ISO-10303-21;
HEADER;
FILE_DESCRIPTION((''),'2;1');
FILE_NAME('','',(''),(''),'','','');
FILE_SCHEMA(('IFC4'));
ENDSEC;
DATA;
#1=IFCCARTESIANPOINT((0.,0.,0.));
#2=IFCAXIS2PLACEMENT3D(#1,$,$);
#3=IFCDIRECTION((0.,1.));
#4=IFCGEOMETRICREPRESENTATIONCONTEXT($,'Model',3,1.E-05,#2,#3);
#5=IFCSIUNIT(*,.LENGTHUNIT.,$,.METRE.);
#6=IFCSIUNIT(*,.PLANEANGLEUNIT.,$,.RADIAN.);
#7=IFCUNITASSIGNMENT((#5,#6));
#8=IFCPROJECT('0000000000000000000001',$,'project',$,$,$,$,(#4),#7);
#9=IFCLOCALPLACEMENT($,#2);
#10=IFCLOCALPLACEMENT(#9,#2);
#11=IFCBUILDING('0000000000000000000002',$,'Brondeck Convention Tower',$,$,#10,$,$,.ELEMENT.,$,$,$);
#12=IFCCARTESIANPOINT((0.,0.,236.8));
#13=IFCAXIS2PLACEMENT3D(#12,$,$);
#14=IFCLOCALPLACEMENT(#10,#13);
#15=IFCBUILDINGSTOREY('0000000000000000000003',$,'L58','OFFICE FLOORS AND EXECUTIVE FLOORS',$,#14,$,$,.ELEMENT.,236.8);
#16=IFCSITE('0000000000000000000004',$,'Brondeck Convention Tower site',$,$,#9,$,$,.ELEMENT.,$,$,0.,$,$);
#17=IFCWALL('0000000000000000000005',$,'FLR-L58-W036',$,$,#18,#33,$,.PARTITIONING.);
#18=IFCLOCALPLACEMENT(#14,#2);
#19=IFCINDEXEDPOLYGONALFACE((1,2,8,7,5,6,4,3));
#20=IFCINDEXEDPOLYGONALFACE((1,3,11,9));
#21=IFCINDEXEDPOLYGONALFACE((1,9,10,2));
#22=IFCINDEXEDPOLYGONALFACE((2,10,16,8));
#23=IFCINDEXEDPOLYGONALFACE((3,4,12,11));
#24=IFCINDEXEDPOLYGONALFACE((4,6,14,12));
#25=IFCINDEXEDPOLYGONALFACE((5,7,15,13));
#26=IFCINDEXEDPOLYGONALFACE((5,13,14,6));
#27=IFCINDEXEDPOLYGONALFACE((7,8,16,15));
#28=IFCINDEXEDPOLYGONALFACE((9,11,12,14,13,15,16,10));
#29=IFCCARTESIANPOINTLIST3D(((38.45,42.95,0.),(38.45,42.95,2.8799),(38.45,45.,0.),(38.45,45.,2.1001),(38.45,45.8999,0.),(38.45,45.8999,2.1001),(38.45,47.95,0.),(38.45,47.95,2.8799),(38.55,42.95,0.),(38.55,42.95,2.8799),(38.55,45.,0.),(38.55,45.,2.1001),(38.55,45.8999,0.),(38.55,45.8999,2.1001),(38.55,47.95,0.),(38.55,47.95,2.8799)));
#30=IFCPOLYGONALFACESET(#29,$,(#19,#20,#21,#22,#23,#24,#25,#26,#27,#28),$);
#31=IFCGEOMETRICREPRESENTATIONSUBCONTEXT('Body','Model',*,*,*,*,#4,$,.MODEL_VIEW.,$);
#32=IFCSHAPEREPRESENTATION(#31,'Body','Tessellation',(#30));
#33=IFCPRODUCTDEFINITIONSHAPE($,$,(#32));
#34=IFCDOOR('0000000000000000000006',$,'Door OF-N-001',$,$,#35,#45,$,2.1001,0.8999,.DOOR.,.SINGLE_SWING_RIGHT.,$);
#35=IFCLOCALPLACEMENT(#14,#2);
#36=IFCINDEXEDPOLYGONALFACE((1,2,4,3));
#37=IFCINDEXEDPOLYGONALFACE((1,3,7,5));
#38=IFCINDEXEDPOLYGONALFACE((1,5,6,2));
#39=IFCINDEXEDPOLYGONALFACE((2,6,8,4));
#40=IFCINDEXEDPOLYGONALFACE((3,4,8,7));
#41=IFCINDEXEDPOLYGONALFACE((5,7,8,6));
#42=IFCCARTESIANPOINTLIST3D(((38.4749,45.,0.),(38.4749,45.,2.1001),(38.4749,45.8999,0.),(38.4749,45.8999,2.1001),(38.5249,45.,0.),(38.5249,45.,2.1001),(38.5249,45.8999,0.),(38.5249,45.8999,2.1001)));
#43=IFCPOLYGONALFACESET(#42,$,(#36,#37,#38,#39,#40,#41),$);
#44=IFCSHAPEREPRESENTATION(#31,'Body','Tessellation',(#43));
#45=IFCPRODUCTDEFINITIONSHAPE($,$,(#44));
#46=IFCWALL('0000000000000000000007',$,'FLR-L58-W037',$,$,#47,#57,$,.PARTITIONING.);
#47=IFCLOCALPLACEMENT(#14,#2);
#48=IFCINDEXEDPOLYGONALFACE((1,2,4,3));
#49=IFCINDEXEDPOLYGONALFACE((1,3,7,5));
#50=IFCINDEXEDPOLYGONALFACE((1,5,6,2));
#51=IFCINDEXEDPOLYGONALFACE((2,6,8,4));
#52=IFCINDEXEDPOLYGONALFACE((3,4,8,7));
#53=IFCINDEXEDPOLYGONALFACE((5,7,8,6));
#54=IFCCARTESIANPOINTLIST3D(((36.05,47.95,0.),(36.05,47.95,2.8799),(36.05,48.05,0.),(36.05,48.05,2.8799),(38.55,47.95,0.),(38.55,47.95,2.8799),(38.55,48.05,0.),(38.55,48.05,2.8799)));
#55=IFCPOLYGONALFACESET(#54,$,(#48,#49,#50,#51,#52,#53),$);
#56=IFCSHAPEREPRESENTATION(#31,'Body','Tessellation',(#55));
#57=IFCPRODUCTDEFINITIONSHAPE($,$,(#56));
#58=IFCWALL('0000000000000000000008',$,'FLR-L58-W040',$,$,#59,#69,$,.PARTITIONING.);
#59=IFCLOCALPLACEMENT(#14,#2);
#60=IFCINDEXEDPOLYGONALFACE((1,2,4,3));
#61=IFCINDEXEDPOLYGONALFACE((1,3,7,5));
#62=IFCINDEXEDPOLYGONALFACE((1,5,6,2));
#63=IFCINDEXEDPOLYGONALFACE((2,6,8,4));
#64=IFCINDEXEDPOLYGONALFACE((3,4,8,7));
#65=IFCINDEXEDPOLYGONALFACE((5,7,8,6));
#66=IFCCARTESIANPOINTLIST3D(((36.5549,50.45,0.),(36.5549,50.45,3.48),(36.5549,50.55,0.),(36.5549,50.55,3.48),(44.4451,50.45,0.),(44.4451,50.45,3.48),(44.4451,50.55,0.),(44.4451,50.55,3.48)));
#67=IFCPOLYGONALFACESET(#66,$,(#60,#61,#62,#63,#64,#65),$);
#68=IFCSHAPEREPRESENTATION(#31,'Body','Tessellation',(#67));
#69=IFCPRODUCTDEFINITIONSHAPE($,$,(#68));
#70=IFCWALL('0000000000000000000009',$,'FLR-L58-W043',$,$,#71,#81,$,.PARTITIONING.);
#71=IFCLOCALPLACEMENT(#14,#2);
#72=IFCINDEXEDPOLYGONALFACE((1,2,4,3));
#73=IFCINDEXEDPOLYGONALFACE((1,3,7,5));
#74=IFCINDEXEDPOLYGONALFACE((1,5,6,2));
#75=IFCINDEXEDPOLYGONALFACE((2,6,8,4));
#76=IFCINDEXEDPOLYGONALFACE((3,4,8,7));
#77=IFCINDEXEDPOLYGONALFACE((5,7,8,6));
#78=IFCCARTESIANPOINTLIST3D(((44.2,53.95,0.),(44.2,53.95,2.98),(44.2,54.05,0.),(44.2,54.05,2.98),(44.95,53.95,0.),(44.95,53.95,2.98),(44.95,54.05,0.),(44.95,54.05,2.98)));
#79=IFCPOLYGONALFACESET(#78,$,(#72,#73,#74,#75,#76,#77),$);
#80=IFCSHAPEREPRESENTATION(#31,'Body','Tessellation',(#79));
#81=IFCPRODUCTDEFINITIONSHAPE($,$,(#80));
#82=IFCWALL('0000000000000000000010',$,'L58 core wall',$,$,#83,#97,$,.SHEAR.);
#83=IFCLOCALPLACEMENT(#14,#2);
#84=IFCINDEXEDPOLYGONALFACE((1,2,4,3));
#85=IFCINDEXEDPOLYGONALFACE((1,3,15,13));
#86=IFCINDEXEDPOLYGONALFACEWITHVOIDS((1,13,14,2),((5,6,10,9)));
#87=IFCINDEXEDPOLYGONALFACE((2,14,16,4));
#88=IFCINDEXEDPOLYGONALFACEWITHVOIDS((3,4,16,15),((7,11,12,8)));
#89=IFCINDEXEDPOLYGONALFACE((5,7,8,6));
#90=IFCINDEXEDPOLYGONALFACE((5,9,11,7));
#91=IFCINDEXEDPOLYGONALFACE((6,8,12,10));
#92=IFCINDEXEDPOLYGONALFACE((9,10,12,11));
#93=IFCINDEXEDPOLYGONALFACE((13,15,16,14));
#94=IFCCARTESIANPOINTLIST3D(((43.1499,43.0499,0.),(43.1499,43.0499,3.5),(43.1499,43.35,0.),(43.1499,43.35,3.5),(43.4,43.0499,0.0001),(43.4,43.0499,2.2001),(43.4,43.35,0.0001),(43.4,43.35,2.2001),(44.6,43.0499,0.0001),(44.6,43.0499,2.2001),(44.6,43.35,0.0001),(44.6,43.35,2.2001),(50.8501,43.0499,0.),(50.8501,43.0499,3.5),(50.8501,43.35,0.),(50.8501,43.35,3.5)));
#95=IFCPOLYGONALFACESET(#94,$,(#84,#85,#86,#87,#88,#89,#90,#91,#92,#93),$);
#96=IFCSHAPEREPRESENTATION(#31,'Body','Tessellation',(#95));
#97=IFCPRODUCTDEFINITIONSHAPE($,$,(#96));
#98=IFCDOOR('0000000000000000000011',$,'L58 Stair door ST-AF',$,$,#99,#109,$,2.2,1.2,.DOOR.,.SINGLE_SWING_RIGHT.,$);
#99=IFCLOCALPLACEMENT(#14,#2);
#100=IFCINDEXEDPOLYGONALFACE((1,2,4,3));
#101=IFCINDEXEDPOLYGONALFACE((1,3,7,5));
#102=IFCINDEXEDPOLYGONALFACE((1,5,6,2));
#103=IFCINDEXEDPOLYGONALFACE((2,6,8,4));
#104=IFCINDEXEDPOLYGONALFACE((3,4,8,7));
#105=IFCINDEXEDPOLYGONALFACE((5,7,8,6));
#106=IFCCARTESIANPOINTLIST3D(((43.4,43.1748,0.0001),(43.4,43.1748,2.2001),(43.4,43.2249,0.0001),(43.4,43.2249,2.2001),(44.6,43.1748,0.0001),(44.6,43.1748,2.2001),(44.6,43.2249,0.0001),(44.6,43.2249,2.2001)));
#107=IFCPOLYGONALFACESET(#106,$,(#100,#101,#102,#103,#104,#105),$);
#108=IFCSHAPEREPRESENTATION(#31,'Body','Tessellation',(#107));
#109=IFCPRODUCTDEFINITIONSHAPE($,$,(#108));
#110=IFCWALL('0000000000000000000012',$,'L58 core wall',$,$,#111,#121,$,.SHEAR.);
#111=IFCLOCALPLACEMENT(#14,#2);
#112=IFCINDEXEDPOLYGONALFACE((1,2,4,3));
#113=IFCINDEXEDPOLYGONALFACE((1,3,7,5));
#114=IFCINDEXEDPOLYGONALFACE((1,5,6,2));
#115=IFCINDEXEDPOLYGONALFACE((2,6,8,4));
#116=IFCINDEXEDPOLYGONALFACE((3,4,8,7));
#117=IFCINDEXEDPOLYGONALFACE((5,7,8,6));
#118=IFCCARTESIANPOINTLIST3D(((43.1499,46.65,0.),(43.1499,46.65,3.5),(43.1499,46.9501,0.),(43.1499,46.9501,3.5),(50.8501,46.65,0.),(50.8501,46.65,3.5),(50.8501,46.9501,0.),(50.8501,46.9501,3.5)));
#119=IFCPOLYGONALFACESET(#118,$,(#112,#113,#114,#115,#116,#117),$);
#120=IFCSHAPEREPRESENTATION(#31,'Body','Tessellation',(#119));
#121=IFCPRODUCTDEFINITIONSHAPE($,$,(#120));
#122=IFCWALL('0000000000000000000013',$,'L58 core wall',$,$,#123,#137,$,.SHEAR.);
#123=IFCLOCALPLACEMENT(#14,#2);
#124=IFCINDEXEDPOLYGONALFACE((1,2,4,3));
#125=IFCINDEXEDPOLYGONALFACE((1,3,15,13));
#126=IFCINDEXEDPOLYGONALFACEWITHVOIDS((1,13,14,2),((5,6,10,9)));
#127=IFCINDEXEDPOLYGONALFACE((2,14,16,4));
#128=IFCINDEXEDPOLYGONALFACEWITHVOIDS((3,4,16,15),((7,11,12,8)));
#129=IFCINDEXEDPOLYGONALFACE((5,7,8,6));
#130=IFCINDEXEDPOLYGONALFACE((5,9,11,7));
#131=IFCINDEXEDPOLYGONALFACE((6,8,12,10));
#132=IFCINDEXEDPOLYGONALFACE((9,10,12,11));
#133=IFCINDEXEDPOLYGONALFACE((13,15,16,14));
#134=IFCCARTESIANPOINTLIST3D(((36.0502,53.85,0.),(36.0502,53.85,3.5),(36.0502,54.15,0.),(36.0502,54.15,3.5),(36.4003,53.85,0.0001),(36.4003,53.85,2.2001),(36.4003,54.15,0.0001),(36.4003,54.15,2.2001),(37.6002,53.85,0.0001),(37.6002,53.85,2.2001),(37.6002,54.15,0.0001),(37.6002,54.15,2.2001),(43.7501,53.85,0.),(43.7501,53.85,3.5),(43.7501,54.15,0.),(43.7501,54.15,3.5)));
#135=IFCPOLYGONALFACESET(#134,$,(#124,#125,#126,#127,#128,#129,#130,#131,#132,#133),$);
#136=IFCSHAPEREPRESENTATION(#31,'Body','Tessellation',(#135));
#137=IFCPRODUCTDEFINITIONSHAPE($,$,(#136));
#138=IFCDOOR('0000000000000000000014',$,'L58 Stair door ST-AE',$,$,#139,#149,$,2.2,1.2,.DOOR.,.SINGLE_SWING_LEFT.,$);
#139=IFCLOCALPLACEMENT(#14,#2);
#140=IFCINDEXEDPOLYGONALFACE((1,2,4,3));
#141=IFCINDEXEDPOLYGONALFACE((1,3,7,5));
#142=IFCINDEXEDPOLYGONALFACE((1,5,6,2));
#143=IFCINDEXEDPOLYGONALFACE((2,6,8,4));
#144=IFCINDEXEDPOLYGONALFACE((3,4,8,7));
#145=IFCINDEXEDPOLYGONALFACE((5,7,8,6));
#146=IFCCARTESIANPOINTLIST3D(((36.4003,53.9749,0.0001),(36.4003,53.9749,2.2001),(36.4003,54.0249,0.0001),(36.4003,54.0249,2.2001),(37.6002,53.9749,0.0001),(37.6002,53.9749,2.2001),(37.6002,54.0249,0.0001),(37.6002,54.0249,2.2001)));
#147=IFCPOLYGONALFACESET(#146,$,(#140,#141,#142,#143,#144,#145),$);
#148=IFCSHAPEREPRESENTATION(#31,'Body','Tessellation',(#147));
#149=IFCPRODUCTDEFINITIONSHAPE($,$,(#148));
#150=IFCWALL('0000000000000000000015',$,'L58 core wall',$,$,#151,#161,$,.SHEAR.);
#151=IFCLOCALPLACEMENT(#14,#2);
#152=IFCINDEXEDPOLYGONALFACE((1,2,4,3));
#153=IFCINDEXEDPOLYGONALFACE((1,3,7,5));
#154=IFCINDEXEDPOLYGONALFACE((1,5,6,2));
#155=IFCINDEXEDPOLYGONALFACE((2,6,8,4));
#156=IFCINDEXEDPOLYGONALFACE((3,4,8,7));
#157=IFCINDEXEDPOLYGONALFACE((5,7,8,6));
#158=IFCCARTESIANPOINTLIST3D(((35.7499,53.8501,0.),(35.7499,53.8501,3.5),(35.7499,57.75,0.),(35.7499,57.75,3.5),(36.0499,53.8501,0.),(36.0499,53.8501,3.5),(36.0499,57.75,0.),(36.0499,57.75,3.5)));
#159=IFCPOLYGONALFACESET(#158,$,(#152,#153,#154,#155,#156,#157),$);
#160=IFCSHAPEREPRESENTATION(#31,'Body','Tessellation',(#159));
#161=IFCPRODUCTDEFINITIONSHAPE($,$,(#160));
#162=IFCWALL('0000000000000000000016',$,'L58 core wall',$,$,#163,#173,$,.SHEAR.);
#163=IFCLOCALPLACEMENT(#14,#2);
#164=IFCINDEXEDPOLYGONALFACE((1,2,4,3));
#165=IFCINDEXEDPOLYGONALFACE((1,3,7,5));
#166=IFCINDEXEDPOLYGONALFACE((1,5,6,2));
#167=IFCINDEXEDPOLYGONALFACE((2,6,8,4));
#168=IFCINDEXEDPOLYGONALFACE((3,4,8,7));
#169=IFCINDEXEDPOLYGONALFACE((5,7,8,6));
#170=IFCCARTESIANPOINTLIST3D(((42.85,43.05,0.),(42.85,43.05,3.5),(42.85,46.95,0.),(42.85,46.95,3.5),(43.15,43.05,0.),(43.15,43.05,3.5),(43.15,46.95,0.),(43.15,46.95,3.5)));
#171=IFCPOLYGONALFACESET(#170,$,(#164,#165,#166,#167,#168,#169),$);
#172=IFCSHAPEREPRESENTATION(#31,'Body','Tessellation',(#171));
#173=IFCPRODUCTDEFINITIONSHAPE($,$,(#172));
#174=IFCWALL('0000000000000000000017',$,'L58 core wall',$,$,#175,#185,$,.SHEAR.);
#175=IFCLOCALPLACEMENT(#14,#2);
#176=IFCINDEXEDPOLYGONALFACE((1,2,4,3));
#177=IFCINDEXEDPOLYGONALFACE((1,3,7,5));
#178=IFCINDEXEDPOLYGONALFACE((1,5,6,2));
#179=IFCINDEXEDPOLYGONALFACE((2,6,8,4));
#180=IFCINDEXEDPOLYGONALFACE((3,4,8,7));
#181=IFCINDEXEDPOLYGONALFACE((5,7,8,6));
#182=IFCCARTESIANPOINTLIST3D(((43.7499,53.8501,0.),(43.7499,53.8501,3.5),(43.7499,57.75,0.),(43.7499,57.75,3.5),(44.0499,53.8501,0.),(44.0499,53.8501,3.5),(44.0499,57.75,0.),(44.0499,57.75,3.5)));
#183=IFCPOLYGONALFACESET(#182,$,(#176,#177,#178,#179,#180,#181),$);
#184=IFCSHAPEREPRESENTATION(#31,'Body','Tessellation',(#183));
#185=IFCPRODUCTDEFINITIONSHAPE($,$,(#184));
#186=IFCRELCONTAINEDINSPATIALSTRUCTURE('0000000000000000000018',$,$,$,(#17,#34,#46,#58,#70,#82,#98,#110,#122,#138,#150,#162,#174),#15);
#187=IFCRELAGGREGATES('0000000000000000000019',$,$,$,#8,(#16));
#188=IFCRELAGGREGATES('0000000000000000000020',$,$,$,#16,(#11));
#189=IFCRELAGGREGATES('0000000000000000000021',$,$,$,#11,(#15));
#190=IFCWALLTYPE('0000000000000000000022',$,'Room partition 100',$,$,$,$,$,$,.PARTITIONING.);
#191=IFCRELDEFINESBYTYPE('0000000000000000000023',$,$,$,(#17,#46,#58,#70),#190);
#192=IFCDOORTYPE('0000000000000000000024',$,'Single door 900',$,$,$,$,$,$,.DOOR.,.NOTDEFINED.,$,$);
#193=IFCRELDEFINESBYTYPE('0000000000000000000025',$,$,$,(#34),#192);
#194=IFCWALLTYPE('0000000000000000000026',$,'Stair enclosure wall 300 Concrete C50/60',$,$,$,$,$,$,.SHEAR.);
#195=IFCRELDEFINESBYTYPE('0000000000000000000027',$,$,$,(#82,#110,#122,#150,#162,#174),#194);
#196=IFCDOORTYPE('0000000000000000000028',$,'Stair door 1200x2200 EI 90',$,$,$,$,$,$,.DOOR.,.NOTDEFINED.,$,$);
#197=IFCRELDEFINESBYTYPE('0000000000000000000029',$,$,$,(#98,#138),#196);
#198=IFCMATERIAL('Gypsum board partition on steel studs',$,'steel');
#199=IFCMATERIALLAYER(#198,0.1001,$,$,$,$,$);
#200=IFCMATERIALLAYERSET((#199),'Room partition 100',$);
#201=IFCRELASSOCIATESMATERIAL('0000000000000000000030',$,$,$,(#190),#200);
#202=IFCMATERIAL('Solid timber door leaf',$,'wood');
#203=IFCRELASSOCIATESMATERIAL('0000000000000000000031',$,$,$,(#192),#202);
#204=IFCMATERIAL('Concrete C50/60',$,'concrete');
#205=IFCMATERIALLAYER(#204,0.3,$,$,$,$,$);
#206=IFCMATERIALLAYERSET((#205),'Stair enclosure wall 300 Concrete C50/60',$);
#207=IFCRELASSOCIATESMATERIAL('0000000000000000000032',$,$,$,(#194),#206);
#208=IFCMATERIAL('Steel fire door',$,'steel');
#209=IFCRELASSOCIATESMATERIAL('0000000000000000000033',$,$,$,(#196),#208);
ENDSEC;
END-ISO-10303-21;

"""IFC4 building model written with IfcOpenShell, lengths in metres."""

from ifc_helpers import new_model, si_unit, direction, frame, frame_2d, origin, place, context, subcontext, project, spatial, rectangle, extrude, material, layer, layer_set, type_object, element, fill, save


model = new_model("IFC4")

# Units and contexts
model_context = context("Model", 3, precision=1e-05, world=origin(), true_north=direction((0.0, 1.0)))
body_context = subcontext(model_context, "Body", "Model", "MODEL_VIEW")
ifc_project = project(units=[si_unit("LENGTHUNIT", "METRE"), si_unit("PLANEANGLEUNIT", "RADIAN")], contexts=[model_context])

# Site, building, storey
site_placement = place(None, origin())
site = spatial("IfcSite", under=ifc_project, at=site_placement, Name="Brondeck Convention Tower site", CompositionType="ELEMENT", RefElevation=0.0)
building_placement = place(site_placement, origin())
building = spatial("IfcBuilding", under=site, at=building_placement, Name="Brondeck Convention Tower", CompositionType="ELEMENT")
storey_placement = place(building_placement, frame((0.0, 0.0, 236.8)))
storey = spatial("IfcBuildingStorey", under=building, at=storey_placement, Name="L58", Description="OFFICE FLOORS AND EXECUTIVE FLOORS", CompositionType="ELEMENT", Elevation=236.8)

# Shared definitions
ifc_material_1 = material(Name="Concrete C50/60", Category="concrete")

# Wall, opening, door
ifc_material_2 = material(Name="Gypsum board partition on steel studs", Category="steel")
ifc_layer_1 = layer(ifc_material_2, 0.1001)
ifc_layer_set_1 = layer_set([ifc_layer_1], Name="Room partition 100")
wall_type_1 = type_object("IfcWallType", Name="Room partition 100", PredefinedType="PARTITIONING", material=ifc_layer_set_1)
wall_1_placement = place(storey_placement, frame((38.5, 47.95, 0.0), z_axis=(0.0, 0.0, 1.0), x_axis=(0.0, -1.0, 0.0)))
wall_1 = element("IfcWall", 1, at=wall_1_placement, inside=storey, type_object=wall_type_1, Name="FLR-L58-W036", PredefinedType="PARTITIONING", context=body_context, shape_type="SweptSolid", body=[
    extrude(rectangle(XDim=5.0, YDim=0.1001, at=frame_2d((2.5, 0.0))), origin(), (0.0, 0.0, 1.0), 2.8799),
])
opening_1_placement = place(wall_1_placement, frame((2.05, 0.0, 0.0)))
opening_1 = element("IfcOpeningElement", 2, at=opening_1_placement, cuts=wall_1, PredefinedType="OPENING", context=body_context, shape_type="SweptSolid", body=[
    extrude(rectangle(XDim=0.8999, YDim=2.1001, at=frame_2d((0.45, 1.05))), frame((0.0, 0.0601, 0.0), z_axis=(0.0, -1.0, 0.0), x_axis=(1.0, 0.0, 0.0)), (0.0, 0.0, 1.0), 0.1201),
])
ifc_material_3 = material(Name="Solid timber door leaf", Category="wood")
door_type_1 = type_object("IfcDoorType", Name="Single door 900", OperationType="NOTDEFINED", PredefinedType="DOOR", material=ifc_material_3)
door_1_placement = place(opening_1_placement, origin())
door_1 = element("IfcDoor", 3, at=door_1_placement, inside=storey, type_object=door_type_1, Name="Door OF-N-001", OperationType="SINGLE_SWING_RIGHT", OverallHeight=2.1001, OverallWidth=0.8999, PredefinedType="DOOR", context=body_context, shape_type="SweptSolid", body=[
    extrude(rectangle(XDim=0.8999, YDim=2.1001, at=frame_2d((0.45, 1.05))), frame((0.0, 0.0249, 0.0), z_axis=(0.0, -1.0, 0.0), x_axis=(1.0, 0.0, 0.0)), (0.0, 0.0, 1.0), 0.05),
])
fill(opening_1, door_1)

# Walls
wall_2_placement = place(storey_placement, frame((36.05, 48.0, 0.0), z_axis=(0.0, 0.0, 1.0), x_axis=(1.0, 0.0, 0.0)))
element("IfcWall", 4, at=wall_2_placement, inside=storey, type_object=wall_type_1, Name="FLR-L58-W037", PredefinedType="PARTITIONING", context=body_context, shape_type="SweptSolid", body=[
    extrude(rectangle(XDim=2.5, YDim=0.1001, at=frame_2d((1.25, 0.0))), origin(), (0.0, 0.0, 1.0), 2.8799),
])
wall_3_placement = place(storey_placement, frame((44.4451, 50.5, 0.0), z_axis=(0.0, 0.0, 1.0), x_axis=(-1.0, 0.0, 0.0)))
element("IfcWall", 5, at=wall_3_placement, inside=storey, type_object=wall_type_1, Name="FLR-L58-W040", PredefinedType="PARTITIONING", context=body_context, shape_type="SweptSolid", body=[
    extrude(rectangle(XDim=7.8901, YDim=0.1001, at=frame_2d((3.9451, 0.0))), origin(), (0.0, 0.0, 1.0), 3.48),
])
wall_4_placement = place(storey_placement, frame((44.2, 54.0, 0.0), z_axis=(0.0, 0.0, 1.0), x_axis=(1.0, 0.0, 0.0)))
element("IfcWall", 6, at=wall_4_placement, inside=storey, type_object=wall_type_1, Name="FLR-L58-W043", PredefinedType="PARTITIONING", context=body_context, shape_type="SweptSolid", body=[
    extrude(rectangle(XDim=0.75, YDim=0.1001, at=frame_2d((0.375, 0.0))), origin(), (0.0, 0.0, 1.0), 2.98),
])

# Wall, opening, door
ifc_layer_2 = layer(ifc_material_1, 0.3)
ifc_layer_set_2 = layer_set([ifc_layer_2], Name="Stair enclosure wall 300 Concrete C50/60")
wall_type_2 = type_object("IfcWallType", Name="Stair enclosure wall 300 Concrete C50/60", PredefinedType="SHEAR", material=ifc_layer_set_2)
wall_5_placement = place(storey_placement, frame((43.1499, 43.2, 0.0), z_axis=(0.0, 0.0, 1.0), x_axis=(1.0, 0.0, 0.0)))
wall_5 = element("IfcWall", 7, at=wall_5_placement, inside=storey, type_object=wall_type_2, Name="L58 core wall", PredefinedType="SHEAR", context=body_context, shape_type="SweptSolid", body=[
    extrude(rectangle(XDim=7.7002, YDim=0.3, at=frame_2d((3.8501, 0.0))), origin(), (0.0, 0.0, 1.0), 3.5),
])
opening_2_placement = place(wall_5_placement, frame((0.25, 0.0, 0.0)))
opening_2 = element("IfcOpeningElement", 8, at=opening_2_placement, cuts=wall_5, PredefinedType="OPENING", context=body_context, shape_type="SweptSolid", body=[
    extrude(rectangle(XDim=1.2, YDim=2.2, at=frame_2d((0.6001, 1.1001))), frame((0.0, 0.1599, 0.0), z_axis=(0.0, -1.0, 0.0), x_axis=(1.0, 0.0, 0.0)), (0.0, 0.0, 1.0), 0.3201),
])
ifc_material_4 = material(Name="Steel fire door", Category="steel")
door_type_2 = type_object("IfcDoorType", Name="Stair door 1200x2200 EI 90", OperationType="NOTDEFINED", PredefinedType="DOOR", material=ifc_material_4)
door_2_placement = place(opening_2_placement, origin())
door_2 = element("IfcDoor", 9, at=door_2_placement, inside=storey, type_object=door_type_2, Name="L58 Stair door ST-AF", OperationType="SINGLE_SWING_RIGHT", OverallHeight=2.2, OverallWidth=1.2, PredefinedType="DOOR", context=body_context, shape_type="SweptSolid", body=[
    extrude(rectangle(XDim=1.2, YDim=2.2, at=frame_2d((0.6001, 1.1001))), frame((0.0, 0.0249, 0.0), z_axis=(0.0, -1.0, 0.0), x_axis=(1.0, 0.0, 0.0)), (0.0, 0.0, 1.0), 0.05),
])
fill(opening_2, door_2)

# Wall
wall_6_placement = place(storey_placement, frame((43.1499, 46.8, 0.0), z_axis=(0.0, 0.0, 1.0), x_axis=(1.0, 0.0, 0.0)))
element("IfcWall", 10, at=wall_6_placement, inside=storey, type_object=wall_type_2, Name="L58 core wall", PredefinedType="SHEAR", context=body_context, shape_type="SweptSolid", body=[
    extrude(rectangle(XDim=7.7002, YDim=0.3, at=frame_2d((3.8501, 0.0))), origin(), (0.0, 0.0, 1.0), 3.5),
])

# Wall, opening, door
wall_7_placement = place(storey_placement, frame((36.05, 54.0, 0.0), z_axis=(0.0, 0.0, 1.0), x_axis=(1.0, 0.0, 0.0)))
wall_7 = element("IfcWall", 11, at=wall_7_placement, inside=storey, type_object=wall_type_2, Name="L58 core wall", PredefinedType="SHEAR", context=body_context, shape_type="SweptSolid", body=[
    extrude(rectangle(XDim=7.7, YDim=0.3, at=frame_2d((3.8501, 0.0))), origin(), (0.0, 0.0, 1.0), 3.5),
])
opening_3_placement = place(wall_7_placement, frame((0.3501, 0.0, 0.0)))
opening_3 = element("IfcOpeningElement", 12, at=opening_3_placement, cuts=wall_7, PredefinedType="OPENING", context=body_context, shape_type="SweptSolid", body=[
    extrude(rectangle(XDim=1.2, YDim=2.2, at=frame_2d((0.6001, 1.1001))), frame((0.0, 0.1599, 0.0), z_axis=(0.0, -1.0, 0.0), x_axis=(1.0, 0.0, 0.0)), (0.0, 0.0, 1.0), 0.3201),
])
door_3_placement = place(opening_3_placement, origin())
door_3 = element("IfcDoor", 13, at=door_3_placement, inside=storey, type_object=door_type_2, Name="L58 Stair door ST-AE", OperationType="SINGLE_SWING_LEFT", OverallHeight=2.2, OverallWidth=1.2, PredefinedType="DOOR", context=body_context, shape_type="SweptSolid", body=[
    extrude(rectangle(XDim=1.2, YDim=2.2, at=frame_2d((0.6001, 1.1001))), frame((0.0, 0.0249, 0.0), z_axis=(0.0, -1.0, 0.0), x_axis=(1.0, 0.0, 0.0)), (0.0, 0.0, 1.0), 0.05),
])
fill(opening_3, door_3)

# Walls
for number, where, z_axis, x_axis, name in (
    (14, (35.8999, 53.8501, 0.0), (0.0, 0.0, 1.0), (0.0, 1.0, 0.0), "L58 core wall"),
    (15, (43.0, 43.05, 0.0), (0.0, 0.0, 1.0), (0.0, 1.0, 0.0), "L58 core wall"),
    (16, (43.8999, 53.8501, 0.0), (0.0, 0.0, 1.0), (0.0, 1.0, 0.0), "L58 core wall"),
):
    element("IfcWall", number, at=place(storey_placement, frame(where, z_axis=z_axis, x_axis=x_axis)), inside=storey, type_object=wall_type_2, Name=name, PredefinedType="SHEAR", context=body_context, shape_type="SweptSolid", body=[
        extrude(rectangle(XDim=3.8999, YDim=0.3, at=frame_2d((1.95, 0.0))), origin(), (0.0, 0.0, 1.0), 3.5),
    ])

save(model, "model.ifc")
